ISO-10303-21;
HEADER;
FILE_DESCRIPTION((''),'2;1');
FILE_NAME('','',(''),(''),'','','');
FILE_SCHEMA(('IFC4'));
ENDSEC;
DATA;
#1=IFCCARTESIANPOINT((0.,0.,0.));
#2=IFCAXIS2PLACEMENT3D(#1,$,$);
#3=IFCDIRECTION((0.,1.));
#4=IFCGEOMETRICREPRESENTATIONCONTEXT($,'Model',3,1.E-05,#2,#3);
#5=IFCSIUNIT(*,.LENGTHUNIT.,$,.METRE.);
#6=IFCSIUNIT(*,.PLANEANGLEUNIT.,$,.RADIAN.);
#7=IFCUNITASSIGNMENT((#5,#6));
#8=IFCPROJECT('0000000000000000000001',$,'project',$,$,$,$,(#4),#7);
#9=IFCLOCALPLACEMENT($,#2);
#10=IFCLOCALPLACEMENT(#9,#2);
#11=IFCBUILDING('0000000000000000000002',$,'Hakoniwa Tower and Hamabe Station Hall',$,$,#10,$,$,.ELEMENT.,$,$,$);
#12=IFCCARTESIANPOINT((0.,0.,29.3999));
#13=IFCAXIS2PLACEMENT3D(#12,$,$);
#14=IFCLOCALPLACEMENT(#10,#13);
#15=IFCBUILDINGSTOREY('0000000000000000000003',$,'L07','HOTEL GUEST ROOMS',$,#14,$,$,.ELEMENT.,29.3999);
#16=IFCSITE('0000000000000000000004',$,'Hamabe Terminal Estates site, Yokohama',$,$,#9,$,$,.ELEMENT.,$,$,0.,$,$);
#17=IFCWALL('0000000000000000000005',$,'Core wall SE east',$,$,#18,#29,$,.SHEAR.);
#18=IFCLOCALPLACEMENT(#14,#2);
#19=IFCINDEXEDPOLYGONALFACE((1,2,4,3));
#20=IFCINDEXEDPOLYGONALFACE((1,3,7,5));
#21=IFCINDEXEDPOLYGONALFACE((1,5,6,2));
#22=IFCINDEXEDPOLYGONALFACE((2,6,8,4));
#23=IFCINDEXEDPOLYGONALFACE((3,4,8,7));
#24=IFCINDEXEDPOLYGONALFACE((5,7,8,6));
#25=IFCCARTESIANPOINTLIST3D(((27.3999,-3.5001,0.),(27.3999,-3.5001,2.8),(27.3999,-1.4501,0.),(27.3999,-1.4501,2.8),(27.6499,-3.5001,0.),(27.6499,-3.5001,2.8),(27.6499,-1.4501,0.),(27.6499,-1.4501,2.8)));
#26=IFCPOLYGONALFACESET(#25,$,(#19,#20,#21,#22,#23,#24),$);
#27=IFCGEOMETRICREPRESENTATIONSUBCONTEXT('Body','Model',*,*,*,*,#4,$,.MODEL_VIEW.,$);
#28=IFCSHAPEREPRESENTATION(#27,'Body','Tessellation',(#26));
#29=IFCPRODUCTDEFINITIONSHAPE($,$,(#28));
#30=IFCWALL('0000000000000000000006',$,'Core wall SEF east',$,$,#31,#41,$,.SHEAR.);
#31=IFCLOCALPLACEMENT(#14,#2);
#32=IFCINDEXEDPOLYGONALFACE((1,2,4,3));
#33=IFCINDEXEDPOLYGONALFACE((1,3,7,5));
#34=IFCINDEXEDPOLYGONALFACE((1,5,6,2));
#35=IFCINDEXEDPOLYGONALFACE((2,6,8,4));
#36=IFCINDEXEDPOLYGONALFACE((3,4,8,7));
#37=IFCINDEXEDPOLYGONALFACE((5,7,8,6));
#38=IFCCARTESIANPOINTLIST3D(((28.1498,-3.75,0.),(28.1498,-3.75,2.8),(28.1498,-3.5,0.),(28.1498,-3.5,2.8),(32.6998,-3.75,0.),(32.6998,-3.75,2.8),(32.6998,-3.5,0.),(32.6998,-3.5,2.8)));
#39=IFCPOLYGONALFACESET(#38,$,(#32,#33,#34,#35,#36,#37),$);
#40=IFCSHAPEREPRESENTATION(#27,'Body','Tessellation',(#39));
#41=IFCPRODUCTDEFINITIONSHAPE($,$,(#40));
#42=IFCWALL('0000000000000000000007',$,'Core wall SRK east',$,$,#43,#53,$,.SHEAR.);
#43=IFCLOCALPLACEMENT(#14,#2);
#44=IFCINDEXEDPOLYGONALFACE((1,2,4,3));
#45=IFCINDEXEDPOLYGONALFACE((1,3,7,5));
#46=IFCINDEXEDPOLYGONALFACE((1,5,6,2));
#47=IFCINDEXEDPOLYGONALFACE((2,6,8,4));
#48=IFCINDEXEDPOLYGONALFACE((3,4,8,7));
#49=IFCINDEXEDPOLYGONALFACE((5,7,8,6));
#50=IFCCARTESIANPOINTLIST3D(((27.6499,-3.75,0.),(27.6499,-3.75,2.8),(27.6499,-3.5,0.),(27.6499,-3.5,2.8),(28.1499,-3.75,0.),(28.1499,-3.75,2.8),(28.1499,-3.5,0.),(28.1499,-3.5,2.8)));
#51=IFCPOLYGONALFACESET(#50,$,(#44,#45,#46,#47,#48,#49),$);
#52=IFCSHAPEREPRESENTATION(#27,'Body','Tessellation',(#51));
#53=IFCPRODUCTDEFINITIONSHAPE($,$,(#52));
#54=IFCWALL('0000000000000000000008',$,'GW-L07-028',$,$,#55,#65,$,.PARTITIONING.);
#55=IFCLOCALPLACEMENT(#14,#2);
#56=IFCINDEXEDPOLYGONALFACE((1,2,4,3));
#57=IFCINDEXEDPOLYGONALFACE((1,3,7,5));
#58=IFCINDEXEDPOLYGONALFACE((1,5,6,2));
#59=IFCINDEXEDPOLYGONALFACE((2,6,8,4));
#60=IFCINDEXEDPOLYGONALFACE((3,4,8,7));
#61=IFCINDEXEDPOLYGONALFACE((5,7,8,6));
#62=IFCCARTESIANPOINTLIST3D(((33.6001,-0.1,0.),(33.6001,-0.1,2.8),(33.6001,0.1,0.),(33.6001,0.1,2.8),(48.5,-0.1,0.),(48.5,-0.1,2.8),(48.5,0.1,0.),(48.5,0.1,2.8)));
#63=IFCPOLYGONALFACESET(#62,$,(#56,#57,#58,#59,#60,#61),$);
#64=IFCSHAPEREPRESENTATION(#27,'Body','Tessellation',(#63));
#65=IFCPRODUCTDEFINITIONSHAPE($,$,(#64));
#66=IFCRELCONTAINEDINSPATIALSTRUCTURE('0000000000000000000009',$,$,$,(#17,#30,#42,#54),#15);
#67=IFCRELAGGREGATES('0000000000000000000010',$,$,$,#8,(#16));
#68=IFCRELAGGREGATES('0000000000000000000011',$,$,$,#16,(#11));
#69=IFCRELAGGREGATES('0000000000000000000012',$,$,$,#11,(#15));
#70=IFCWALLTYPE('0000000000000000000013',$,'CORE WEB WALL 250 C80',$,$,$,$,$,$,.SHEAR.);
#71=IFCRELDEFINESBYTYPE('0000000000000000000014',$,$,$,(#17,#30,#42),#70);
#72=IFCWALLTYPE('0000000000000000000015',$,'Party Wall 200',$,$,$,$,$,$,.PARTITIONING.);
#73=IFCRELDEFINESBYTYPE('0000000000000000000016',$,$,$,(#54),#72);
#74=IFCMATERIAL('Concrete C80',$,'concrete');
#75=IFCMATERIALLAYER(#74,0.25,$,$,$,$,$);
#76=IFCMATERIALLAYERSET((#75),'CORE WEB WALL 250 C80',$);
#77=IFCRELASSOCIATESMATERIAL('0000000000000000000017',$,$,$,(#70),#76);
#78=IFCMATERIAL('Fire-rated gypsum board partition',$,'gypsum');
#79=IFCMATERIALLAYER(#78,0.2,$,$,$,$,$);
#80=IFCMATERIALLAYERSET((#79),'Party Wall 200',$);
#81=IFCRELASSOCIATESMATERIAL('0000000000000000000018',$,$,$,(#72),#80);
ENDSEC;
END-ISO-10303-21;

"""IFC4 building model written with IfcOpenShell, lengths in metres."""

from ifc_helpers import new_model, si_unit, direction, frame, frame_2d, origin, place, context, subcontext, project, spatial, rectangle, extrude, material, layer, layer_set, type_object, element, save


model = new_model("IFC4")

# Units and contexts
model_context = context("Model", 3, precision=1e-05, world=origin(), true_north=direction((0.0, 1.0)))
body_context = subcontext(model_context, "Body", "Model", "MODEL_VIEW")
ifc_project = project(units=[si_unit("LENGTHUNIT", "METRE"), si_unit("PLANEANGLEUNIT", "RADIAN")], contexts=[model_context])

# Site, building, storey
site_placement = place(None, origin())
site = spatial("IfcSite", under=ifc_project, at=site_placement, Name="Hamabe Terminal Estates site, Yokohama", CompositionType="ELEMENT", RefElevation=0.0)
building_placement = place(site_placement, origin())
building = spatial("IfcBuilding", under=site, at=building_placement, Name="Hakoniwa Tower and Hamabe Station Hall", CompositionType="ELEMENT")
storey_placement = place(building_placement, frame((0.0, 0.0, 29.3999)))
storey = spatial("IfcBuildingStorey", under=building, at=storey_placement, Name="L07", Description="HOTEL GUEST ROOMS", CompositionType="ELEMENT", Elevation=29.3999)

# Shared definitions
ifc_material_1 = material(Name="Concrete C80", Category="concrete")
ifc_layer_1 = layer(ifc_material_1, 0.25)
ifc_layer_set_1 = layer_set([ifc_layer_1], Name="CORE WEB WALL 250 C80")
wall_type_1 = type_object("IfcWallType", Name="CORE WEB WALL 250 C80", PredefinedType="SHEAR", material=ifc_layer_set_1)

# Walls
wall_1_placement = place(storey_placement, frame((27.5249, -3.5, 0.0), z_axis=(0.0, 0.0, 1.0), x_axis=(0.0, 1.0, 0.0)))
element("IfcWall", 1, at=wall_1_placement, inside=storey, type_object=wall_type_1, Name="Core wall SE east", PredefinedType="SHEAR", context=body_context, shape_type="SweptSolid", body=[
    extrude(rectangle(XDim=2.05, YDim=0.25, at=frame_2d((1.0249, 0.0))), origin(), (0.0, 0.0, 1.0), 2.8),
])
wall_2_placement = place(storey_placement, frame((28.1499, -3.625, 0.0), z_axis=(0.0, 0.0, 1.0), x_axis=(1.0, 0.0, 0.0)))
element("IfcWall", 2, at=wall_2_placement, inside=storey, type_object=wall_type_1, Name="Core wall SEF east", PredefinedType="SHEAR", context=body_context, shape_type="SweptSolid", body=[
    extrude(rectangle(XDim=4.55, YDim=0.25, at=frame_2d((2.2749, 0.0))), origin(), (0.0, 0.0, 1.0), 2.8),
])
wall_3_placement = place(storey_placement, frame((27.6499, -3.625, 0.0), z_axis=(0.0, 0.0, 1.0), x_axis=(1.0, 0.0, 0.0)))
element("IfcWall", 3, at=wall_3_placement, inside=storey, type_object=wall_type_1, Name="Core wall SRK east", PredefinedType="SHEAR", context=body_context, shape_type="SweptSolid", body=[
    extrude(rectangle(XDim=0.5, YDim=0.25, at=frame_2d((0.25, 0.0))), origin(), (0.0, 0.0, 1.0), 2.8),
])
ifc_material_2 = material(Name="Fire-rated gypsum board partition", Category="gypsum")
ifc_layer_2 = layer(ifc_material_2, 0.2)
ifc_layer_set_2 = layer_set([ifc_layer_2], Name="Party Wall 200")
wall_type_2 = type_object("IfcWallType", Name="Party Wall 200", PredefinedType="PARTITIONING", material=ifc_layer_set_2)
wall_4_placement = place(storey_placement, frame((33.6001, 0.0, 0.0), z_axis=(0.0, 0.0, 1.0), x_axis=(1.0, 0.0, 0.0)))
element("IfcWall", 4, at=wall_4_placement, inside=storey, type_object=wall_type_2, Name="GW-L07-028", PredefinedType="PARTITIONING", context=body_context, shape_type="SweptSolid", body=[
    extrude(rectangle(XDim=14.8999, YDim=0.2, at=frame_2d((7.45, 0.0))), origin(), (0.0, 0.0, 1.0), 2.8),
])

save(model, "model.ifc")
